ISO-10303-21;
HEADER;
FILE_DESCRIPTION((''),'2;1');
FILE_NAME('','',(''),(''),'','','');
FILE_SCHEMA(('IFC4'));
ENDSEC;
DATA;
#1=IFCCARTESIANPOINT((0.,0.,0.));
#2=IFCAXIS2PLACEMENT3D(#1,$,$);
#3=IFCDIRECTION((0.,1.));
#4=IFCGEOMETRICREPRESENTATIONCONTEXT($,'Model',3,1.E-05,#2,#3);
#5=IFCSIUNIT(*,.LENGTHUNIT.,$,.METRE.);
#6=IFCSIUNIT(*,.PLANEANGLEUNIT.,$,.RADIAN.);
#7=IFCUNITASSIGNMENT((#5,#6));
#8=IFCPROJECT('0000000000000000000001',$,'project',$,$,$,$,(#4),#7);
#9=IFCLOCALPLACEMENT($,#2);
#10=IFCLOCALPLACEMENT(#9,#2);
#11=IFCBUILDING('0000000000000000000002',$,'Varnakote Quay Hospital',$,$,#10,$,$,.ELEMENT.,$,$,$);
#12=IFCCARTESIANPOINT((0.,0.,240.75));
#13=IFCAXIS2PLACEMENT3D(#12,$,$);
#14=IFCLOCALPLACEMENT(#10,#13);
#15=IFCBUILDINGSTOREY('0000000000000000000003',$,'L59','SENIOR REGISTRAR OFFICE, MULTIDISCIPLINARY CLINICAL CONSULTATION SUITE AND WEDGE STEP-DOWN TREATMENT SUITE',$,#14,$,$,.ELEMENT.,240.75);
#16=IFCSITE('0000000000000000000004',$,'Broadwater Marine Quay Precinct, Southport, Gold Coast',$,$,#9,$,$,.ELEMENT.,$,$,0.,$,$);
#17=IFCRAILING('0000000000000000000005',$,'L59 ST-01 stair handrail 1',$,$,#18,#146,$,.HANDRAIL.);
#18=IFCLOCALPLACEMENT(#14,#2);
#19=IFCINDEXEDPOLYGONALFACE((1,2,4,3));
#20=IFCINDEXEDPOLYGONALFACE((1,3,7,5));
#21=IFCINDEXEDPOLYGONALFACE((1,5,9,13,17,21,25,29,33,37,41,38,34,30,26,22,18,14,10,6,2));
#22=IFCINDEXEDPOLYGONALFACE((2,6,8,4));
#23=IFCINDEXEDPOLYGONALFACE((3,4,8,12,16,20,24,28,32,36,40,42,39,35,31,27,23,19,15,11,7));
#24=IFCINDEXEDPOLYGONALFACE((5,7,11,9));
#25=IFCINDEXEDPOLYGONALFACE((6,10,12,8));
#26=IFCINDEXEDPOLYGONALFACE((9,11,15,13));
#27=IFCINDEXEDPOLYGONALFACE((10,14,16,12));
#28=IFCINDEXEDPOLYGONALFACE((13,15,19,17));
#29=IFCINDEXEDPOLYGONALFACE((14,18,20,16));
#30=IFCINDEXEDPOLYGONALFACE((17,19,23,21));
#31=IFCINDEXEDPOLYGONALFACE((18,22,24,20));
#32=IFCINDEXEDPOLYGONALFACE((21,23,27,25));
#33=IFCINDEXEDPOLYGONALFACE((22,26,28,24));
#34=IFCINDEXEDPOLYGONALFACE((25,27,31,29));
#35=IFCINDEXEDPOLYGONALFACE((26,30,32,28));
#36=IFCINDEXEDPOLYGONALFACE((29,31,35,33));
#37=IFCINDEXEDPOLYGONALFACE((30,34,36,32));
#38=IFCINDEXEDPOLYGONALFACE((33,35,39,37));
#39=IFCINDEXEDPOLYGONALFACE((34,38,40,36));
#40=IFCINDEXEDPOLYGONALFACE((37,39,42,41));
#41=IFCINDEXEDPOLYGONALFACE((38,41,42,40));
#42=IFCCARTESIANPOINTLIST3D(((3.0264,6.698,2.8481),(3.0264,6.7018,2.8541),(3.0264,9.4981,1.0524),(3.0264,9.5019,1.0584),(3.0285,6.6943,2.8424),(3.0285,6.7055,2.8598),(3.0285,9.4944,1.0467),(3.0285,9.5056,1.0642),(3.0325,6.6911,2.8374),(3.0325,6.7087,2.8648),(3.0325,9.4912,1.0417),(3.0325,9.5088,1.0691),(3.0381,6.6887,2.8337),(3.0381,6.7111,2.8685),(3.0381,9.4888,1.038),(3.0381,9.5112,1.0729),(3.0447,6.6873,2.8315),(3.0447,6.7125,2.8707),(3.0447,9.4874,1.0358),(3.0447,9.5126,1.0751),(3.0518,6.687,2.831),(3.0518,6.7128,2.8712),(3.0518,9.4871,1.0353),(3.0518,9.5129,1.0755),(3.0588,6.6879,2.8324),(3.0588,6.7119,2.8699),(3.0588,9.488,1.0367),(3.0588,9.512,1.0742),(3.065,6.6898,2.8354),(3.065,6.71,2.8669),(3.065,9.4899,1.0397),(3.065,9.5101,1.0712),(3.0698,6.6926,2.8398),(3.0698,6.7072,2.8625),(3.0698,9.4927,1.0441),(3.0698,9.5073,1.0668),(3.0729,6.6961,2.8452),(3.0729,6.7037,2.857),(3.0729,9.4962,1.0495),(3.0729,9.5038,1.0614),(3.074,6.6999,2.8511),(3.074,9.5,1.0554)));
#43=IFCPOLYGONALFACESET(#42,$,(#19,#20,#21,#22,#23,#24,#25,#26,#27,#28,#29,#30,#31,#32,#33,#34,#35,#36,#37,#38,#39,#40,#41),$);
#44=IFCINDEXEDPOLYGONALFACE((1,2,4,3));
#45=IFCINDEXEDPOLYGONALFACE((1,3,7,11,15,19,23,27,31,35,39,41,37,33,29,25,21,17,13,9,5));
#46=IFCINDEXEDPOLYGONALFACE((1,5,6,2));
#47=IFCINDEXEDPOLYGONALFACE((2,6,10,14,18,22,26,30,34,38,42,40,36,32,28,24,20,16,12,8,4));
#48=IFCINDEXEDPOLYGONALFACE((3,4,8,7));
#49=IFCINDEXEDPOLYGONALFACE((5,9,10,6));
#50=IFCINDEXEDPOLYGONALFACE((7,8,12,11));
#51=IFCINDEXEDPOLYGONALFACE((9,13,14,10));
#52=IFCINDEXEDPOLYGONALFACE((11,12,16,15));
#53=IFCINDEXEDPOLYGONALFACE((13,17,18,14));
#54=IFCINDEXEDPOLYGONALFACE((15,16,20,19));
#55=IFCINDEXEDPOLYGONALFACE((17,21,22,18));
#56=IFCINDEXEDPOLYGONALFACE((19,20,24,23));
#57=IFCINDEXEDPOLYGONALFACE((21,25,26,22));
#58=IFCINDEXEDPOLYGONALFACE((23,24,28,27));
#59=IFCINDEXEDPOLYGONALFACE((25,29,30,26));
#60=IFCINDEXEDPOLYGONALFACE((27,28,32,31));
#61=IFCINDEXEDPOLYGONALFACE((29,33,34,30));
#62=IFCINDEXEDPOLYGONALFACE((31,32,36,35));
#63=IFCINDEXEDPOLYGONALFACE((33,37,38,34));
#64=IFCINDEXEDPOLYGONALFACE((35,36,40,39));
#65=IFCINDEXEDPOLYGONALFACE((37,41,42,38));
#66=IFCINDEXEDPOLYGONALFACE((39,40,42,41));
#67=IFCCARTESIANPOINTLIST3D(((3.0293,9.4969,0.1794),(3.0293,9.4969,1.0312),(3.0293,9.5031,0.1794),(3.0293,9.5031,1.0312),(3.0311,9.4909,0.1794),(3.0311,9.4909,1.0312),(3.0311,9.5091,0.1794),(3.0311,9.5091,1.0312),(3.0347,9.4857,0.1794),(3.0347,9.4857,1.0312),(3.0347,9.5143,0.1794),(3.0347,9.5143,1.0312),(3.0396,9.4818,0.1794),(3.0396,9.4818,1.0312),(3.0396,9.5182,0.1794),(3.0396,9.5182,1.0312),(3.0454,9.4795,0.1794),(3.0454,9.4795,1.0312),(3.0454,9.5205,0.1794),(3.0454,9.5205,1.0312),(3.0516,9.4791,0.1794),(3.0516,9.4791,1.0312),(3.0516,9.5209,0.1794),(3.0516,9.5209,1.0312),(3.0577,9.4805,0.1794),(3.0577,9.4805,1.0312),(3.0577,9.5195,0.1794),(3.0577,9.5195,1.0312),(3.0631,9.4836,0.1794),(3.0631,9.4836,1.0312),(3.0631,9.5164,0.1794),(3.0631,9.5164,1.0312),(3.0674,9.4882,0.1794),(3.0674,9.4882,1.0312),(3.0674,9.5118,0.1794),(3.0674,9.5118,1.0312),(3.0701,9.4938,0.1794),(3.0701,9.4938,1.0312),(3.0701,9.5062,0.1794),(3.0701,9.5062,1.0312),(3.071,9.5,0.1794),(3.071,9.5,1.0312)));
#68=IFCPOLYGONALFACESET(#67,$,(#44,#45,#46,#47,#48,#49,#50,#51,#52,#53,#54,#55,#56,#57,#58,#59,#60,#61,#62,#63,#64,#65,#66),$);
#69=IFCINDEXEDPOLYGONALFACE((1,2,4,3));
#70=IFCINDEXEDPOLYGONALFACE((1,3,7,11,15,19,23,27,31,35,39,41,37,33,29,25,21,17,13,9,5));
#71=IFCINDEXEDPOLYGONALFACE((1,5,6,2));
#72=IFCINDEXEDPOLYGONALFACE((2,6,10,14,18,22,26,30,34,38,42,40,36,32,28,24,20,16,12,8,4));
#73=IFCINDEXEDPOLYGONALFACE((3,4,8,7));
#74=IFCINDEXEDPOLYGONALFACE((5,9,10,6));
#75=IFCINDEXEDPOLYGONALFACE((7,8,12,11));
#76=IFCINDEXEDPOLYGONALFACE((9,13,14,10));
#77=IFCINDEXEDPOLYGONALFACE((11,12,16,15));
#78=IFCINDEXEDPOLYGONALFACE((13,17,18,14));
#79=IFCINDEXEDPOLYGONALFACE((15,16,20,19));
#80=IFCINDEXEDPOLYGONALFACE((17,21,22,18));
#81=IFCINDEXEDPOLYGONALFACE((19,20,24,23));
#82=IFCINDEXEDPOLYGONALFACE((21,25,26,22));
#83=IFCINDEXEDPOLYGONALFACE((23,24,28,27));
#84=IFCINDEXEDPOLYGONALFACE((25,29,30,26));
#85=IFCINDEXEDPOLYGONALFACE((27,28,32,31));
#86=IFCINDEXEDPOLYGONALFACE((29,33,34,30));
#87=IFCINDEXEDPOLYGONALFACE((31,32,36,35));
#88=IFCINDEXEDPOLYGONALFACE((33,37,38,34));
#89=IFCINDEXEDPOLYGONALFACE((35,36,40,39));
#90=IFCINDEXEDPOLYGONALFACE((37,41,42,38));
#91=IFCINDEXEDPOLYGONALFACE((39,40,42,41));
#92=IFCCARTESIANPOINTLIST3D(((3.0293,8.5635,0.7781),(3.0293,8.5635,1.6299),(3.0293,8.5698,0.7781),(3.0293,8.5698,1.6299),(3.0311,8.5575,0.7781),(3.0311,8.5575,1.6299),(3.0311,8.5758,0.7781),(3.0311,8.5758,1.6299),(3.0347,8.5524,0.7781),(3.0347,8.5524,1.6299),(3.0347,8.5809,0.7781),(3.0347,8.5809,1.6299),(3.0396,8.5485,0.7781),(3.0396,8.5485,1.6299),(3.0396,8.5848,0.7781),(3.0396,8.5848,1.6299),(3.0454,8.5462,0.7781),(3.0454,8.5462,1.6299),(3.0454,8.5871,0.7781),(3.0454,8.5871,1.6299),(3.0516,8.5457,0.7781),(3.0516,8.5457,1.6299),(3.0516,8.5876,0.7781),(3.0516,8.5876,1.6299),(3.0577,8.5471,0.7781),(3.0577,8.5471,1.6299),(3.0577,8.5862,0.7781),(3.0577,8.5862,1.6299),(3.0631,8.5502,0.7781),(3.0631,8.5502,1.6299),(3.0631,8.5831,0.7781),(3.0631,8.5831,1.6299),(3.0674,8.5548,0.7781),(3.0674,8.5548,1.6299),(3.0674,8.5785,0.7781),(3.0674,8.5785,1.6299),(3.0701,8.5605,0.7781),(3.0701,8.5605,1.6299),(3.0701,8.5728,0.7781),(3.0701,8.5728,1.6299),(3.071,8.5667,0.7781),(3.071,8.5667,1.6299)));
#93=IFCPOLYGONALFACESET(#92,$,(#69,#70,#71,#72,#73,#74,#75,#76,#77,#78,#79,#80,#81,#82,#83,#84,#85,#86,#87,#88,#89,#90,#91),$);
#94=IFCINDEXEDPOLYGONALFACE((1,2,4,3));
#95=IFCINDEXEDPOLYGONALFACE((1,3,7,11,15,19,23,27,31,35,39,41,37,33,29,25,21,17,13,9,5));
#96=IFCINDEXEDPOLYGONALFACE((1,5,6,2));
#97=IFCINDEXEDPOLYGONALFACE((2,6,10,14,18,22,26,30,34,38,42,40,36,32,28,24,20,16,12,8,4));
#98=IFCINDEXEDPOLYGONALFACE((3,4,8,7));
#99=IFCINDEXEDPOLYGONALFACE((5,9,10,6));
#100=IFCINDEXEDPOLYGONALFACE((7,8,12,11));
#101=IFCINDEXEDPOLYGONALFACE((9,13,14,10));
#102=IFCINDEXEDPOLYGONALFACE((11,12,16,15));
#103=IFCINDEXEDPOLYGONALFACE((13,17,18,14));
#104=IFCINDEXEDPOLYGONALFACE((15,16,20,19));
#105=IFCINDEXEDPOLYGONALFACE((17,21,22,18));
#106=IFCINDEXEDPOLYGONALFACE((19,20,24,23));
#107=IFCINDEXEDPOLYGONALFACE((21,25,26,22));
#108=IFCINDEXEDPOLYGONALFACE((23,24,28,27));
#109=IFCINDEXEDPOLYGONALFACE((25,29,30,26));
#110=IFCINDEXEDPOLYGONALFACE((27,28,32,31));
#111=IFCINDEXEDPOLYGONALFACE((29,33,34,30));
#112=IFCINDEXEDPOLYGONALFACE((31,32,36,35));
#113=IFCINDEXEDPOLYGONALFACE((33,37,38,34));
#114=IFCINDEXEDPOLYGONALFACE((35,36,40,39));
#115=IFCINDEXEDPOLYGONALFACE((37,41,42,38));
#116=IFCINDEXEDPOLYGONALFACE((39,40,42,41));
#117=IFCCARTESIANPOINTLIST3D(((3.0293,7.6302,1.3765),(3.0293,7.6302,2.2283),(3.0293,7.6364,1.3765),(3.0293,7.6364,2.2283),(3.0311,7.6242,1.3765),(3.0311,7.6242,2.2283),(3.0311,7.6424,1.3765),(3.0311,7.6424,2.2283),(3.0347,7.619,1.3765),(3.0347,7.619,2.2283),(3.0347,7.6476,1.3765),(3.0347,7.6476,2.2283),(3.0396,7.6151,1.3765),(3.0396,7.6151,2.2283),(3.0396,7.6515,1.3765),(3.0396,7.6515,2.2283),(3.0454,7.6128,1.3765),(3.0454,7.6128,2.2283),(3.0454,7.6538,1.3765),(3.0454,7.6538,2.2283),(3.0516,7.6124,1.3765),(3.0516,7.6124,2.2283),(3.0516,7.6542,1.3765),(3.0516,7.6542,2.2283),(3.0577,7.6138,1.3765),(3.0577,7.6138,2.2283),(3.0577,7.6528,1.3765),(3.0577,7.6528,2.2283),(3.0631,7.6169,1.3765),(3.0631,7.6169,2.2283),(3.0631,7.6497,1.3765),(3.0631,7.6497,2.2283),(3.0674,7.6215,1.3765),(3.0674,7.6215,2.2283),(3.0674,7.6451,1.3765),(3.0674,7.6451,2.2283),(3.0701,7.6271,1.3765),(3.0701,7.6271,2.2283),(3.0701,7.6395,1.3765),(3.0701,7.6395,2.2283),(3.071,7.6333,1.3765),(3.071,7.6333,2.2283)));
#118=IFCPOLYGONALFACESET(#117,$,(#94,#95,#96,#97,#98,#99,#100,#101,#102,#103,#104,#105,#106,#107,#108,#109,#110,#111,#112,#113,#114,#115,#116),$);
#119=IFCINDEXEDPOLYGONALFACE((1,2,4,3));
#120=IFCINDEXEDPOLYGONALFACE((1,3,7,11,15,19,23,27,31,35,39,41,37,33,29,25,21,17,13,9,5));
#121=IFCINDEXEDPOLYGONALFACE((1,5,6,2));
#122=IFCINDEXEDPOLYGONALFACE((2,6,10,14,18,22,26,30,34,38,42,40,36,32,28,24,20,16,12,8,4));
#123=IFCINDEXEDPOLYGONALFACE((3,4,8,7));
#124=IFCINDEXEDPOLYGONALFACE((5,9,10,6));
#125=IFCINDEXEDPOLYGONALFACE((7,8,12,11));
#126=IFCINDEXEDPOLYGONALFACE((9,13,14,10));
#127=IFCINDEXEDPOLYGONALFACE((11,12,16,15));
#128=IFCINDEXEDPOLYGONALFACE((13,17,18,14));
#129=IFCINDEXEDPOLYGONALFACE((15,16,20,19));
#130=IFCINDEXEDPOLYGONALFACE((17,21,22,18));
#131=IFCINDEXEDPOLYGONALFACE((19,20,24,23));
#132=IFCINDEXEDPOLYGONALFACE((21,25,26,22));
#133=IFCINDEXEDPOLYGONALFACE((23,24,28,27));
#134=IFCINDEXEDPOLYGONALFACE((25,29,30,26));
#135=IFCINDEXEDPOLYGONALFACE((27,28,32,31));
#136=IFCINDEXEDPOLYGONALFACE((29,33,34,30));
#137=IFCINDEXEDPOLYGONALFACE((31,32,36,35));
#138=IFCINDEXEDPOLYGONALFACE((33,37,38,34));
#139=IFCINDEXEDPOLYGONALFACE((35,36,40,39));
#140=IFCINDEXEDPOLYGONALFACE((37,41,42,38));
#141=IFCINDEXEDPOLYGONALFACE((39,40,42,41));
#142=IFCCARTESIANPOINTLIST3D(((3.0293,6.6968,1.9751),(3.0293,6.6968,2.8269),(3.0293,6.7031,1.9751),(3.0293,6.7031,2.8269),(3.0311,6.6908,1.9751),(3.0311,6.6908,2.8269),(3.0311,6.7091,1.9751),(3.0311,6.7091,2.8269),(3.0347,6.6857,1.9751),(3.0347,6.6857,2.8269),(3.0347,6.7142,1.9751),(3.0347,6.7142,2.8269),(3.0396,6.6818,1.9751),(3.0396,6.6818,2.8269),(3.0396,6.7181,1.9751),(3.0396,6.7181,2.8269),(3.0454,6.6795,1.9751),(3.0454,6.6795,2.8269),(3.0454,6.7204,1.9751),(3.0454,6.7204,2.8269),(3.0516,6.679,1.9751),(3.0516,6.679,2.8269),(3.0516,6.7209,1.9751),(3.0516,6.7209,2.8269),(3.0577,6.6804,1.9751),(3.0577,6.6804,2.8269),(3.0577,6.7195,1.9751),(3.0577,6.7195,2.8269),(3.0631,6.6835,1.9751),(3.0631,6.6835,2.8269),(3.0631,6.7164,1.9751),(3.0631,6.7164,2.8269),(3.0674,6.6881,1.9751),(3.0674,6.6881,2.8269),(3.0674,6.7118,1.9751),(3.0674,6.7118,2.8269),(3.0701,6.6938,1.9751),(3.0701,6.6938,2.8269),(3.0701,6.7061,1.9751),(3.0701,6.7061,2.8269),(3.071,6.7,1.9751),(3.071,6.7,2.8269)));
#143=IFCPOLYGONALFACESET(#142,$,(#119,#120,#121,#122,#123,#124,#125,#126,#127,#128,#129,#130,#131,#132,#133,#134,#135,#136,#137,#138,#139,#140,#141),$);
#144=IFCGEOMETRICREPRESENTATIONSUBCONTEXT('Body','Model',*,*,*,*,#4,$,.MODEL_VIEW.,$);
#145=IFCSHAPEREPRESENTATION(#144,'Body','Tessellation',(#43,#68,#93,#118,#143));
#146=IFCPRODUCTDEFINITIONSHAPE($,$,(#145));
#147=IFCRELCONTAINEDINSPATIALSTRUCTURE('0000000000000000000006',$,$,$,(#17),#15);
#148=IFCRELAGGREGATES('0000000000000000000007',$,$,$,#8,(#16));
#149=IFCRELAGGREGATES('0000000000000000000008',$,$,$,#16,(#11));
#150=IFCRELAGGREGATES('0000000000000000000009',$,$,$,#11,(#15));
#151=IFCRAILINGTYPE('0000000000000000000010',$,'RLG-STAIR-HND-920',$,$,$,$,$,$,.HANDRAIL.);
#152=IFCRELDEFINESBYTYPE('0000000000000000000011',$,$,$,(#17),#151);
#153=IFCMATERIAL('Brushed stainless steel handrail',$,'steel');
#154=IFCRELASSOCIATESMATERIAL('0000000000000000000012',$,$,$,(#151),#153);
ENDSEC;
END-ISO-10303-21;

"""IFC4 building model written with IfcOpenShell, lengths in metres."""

from ifc_helpers import new_model, si_unit, direction, frame, origin, origin_2d, place, context, subcontext, project, spatial, circle, extrude, material, type_object, element, save


model = new_model("IFC4")

# Units and contexts
model_context = context("Model", 3, precision=1e-05, world=origin(), true_north=direction((0.0, 1.0)))
body_context = subcontext(model_context, "Body", "Model", "MODEL_VIEW")
ifc_project = project(units=[si_unit("LENGTHUNIT", "METRE"), si_unit("PLANEANGLEUNIT", "RADIAN")], contexts=[model_context])

# Site, building, storey
site_placement = place(None, origin())
site = spatial("IfcSite", under=ifc_project, at=site_placement, Name="Broadwater Marine Quay Precinct, Southport, Gold Coast", CompositionType="ELEMENT", RefElevation=0.0)
building_placement = place(site_placement, origin())
building = spatial("IfcBuilding", under=site, at=building_placement, Name="Varnakote Quay Hospital", CompositionType="ELEMENT")
storey_placement = place(building_placement, frame((0.0, 0.0, 240.75)))
storey = spatial("IfcBuildingStorey", under=building, at=storey_placement, Name="L59", Description="SENIOR REGISTRAR OFFICE, MULTIDISCIPLINARY CLINICAL CONSULTATION SUITE AND WEDGE STEP-DOWN TREATMENT SUITE", CompositionType="ELEMENT", Elevation=240.75)

# Railing
ifc_material_1 = material(Name="Brushed stainless steel handrail", Category="steel")
railing_type_1 = type_object("IfcRailingType", Name="RLG-STAIR-HND-920", PredefinedType="HANDRAIL", material=ifc_material_1)
railing_1_placement = place(storey_placement, frame((3.05, 9.5, 0.1794)))
element("IfcRailing", 1, at=railing_1_placement, inside=storey, type_object=railing_type_1, Name="L59 ST-01 stair handrail 1", PredefinedType="HANDRAIL", context=body_context, shape_type="SweptSolid", body=[
    extrude(circle(Radius=0.0239, at=origin_2d()), frame((0.0, 0.0, 0.876), z_axis=(0.0, -0.841777, 0.539826), x_axis=(1.0, 0.0, 0.0)), (0.0, 0.0, 1.0), 3.3264),
    extrude(circle(Radius=0.021, at=origin_2d()), origin(), (0.0, 0.0, 1.0), 0.8518),
    extrude(circle(Radius=0.021, at=origin_2d()), frame((0.0, -0.9333, 0.5986)), (0.0, 0.0, 1.0), 0.8518),
    extrude(circle(Radius=0.021, at=origin_2d()), frame((0.0, -1.8667, 1.197)), (0.0, 0.0, 1.0), 0.8518),
    extrude(circle(Radius=0.021, at=origin_2d()), frame((0.0, -2.8, 1.7957)), (0.0, 0.0, 1.0), 0.8518),
])

save(model, "model.ifc")
